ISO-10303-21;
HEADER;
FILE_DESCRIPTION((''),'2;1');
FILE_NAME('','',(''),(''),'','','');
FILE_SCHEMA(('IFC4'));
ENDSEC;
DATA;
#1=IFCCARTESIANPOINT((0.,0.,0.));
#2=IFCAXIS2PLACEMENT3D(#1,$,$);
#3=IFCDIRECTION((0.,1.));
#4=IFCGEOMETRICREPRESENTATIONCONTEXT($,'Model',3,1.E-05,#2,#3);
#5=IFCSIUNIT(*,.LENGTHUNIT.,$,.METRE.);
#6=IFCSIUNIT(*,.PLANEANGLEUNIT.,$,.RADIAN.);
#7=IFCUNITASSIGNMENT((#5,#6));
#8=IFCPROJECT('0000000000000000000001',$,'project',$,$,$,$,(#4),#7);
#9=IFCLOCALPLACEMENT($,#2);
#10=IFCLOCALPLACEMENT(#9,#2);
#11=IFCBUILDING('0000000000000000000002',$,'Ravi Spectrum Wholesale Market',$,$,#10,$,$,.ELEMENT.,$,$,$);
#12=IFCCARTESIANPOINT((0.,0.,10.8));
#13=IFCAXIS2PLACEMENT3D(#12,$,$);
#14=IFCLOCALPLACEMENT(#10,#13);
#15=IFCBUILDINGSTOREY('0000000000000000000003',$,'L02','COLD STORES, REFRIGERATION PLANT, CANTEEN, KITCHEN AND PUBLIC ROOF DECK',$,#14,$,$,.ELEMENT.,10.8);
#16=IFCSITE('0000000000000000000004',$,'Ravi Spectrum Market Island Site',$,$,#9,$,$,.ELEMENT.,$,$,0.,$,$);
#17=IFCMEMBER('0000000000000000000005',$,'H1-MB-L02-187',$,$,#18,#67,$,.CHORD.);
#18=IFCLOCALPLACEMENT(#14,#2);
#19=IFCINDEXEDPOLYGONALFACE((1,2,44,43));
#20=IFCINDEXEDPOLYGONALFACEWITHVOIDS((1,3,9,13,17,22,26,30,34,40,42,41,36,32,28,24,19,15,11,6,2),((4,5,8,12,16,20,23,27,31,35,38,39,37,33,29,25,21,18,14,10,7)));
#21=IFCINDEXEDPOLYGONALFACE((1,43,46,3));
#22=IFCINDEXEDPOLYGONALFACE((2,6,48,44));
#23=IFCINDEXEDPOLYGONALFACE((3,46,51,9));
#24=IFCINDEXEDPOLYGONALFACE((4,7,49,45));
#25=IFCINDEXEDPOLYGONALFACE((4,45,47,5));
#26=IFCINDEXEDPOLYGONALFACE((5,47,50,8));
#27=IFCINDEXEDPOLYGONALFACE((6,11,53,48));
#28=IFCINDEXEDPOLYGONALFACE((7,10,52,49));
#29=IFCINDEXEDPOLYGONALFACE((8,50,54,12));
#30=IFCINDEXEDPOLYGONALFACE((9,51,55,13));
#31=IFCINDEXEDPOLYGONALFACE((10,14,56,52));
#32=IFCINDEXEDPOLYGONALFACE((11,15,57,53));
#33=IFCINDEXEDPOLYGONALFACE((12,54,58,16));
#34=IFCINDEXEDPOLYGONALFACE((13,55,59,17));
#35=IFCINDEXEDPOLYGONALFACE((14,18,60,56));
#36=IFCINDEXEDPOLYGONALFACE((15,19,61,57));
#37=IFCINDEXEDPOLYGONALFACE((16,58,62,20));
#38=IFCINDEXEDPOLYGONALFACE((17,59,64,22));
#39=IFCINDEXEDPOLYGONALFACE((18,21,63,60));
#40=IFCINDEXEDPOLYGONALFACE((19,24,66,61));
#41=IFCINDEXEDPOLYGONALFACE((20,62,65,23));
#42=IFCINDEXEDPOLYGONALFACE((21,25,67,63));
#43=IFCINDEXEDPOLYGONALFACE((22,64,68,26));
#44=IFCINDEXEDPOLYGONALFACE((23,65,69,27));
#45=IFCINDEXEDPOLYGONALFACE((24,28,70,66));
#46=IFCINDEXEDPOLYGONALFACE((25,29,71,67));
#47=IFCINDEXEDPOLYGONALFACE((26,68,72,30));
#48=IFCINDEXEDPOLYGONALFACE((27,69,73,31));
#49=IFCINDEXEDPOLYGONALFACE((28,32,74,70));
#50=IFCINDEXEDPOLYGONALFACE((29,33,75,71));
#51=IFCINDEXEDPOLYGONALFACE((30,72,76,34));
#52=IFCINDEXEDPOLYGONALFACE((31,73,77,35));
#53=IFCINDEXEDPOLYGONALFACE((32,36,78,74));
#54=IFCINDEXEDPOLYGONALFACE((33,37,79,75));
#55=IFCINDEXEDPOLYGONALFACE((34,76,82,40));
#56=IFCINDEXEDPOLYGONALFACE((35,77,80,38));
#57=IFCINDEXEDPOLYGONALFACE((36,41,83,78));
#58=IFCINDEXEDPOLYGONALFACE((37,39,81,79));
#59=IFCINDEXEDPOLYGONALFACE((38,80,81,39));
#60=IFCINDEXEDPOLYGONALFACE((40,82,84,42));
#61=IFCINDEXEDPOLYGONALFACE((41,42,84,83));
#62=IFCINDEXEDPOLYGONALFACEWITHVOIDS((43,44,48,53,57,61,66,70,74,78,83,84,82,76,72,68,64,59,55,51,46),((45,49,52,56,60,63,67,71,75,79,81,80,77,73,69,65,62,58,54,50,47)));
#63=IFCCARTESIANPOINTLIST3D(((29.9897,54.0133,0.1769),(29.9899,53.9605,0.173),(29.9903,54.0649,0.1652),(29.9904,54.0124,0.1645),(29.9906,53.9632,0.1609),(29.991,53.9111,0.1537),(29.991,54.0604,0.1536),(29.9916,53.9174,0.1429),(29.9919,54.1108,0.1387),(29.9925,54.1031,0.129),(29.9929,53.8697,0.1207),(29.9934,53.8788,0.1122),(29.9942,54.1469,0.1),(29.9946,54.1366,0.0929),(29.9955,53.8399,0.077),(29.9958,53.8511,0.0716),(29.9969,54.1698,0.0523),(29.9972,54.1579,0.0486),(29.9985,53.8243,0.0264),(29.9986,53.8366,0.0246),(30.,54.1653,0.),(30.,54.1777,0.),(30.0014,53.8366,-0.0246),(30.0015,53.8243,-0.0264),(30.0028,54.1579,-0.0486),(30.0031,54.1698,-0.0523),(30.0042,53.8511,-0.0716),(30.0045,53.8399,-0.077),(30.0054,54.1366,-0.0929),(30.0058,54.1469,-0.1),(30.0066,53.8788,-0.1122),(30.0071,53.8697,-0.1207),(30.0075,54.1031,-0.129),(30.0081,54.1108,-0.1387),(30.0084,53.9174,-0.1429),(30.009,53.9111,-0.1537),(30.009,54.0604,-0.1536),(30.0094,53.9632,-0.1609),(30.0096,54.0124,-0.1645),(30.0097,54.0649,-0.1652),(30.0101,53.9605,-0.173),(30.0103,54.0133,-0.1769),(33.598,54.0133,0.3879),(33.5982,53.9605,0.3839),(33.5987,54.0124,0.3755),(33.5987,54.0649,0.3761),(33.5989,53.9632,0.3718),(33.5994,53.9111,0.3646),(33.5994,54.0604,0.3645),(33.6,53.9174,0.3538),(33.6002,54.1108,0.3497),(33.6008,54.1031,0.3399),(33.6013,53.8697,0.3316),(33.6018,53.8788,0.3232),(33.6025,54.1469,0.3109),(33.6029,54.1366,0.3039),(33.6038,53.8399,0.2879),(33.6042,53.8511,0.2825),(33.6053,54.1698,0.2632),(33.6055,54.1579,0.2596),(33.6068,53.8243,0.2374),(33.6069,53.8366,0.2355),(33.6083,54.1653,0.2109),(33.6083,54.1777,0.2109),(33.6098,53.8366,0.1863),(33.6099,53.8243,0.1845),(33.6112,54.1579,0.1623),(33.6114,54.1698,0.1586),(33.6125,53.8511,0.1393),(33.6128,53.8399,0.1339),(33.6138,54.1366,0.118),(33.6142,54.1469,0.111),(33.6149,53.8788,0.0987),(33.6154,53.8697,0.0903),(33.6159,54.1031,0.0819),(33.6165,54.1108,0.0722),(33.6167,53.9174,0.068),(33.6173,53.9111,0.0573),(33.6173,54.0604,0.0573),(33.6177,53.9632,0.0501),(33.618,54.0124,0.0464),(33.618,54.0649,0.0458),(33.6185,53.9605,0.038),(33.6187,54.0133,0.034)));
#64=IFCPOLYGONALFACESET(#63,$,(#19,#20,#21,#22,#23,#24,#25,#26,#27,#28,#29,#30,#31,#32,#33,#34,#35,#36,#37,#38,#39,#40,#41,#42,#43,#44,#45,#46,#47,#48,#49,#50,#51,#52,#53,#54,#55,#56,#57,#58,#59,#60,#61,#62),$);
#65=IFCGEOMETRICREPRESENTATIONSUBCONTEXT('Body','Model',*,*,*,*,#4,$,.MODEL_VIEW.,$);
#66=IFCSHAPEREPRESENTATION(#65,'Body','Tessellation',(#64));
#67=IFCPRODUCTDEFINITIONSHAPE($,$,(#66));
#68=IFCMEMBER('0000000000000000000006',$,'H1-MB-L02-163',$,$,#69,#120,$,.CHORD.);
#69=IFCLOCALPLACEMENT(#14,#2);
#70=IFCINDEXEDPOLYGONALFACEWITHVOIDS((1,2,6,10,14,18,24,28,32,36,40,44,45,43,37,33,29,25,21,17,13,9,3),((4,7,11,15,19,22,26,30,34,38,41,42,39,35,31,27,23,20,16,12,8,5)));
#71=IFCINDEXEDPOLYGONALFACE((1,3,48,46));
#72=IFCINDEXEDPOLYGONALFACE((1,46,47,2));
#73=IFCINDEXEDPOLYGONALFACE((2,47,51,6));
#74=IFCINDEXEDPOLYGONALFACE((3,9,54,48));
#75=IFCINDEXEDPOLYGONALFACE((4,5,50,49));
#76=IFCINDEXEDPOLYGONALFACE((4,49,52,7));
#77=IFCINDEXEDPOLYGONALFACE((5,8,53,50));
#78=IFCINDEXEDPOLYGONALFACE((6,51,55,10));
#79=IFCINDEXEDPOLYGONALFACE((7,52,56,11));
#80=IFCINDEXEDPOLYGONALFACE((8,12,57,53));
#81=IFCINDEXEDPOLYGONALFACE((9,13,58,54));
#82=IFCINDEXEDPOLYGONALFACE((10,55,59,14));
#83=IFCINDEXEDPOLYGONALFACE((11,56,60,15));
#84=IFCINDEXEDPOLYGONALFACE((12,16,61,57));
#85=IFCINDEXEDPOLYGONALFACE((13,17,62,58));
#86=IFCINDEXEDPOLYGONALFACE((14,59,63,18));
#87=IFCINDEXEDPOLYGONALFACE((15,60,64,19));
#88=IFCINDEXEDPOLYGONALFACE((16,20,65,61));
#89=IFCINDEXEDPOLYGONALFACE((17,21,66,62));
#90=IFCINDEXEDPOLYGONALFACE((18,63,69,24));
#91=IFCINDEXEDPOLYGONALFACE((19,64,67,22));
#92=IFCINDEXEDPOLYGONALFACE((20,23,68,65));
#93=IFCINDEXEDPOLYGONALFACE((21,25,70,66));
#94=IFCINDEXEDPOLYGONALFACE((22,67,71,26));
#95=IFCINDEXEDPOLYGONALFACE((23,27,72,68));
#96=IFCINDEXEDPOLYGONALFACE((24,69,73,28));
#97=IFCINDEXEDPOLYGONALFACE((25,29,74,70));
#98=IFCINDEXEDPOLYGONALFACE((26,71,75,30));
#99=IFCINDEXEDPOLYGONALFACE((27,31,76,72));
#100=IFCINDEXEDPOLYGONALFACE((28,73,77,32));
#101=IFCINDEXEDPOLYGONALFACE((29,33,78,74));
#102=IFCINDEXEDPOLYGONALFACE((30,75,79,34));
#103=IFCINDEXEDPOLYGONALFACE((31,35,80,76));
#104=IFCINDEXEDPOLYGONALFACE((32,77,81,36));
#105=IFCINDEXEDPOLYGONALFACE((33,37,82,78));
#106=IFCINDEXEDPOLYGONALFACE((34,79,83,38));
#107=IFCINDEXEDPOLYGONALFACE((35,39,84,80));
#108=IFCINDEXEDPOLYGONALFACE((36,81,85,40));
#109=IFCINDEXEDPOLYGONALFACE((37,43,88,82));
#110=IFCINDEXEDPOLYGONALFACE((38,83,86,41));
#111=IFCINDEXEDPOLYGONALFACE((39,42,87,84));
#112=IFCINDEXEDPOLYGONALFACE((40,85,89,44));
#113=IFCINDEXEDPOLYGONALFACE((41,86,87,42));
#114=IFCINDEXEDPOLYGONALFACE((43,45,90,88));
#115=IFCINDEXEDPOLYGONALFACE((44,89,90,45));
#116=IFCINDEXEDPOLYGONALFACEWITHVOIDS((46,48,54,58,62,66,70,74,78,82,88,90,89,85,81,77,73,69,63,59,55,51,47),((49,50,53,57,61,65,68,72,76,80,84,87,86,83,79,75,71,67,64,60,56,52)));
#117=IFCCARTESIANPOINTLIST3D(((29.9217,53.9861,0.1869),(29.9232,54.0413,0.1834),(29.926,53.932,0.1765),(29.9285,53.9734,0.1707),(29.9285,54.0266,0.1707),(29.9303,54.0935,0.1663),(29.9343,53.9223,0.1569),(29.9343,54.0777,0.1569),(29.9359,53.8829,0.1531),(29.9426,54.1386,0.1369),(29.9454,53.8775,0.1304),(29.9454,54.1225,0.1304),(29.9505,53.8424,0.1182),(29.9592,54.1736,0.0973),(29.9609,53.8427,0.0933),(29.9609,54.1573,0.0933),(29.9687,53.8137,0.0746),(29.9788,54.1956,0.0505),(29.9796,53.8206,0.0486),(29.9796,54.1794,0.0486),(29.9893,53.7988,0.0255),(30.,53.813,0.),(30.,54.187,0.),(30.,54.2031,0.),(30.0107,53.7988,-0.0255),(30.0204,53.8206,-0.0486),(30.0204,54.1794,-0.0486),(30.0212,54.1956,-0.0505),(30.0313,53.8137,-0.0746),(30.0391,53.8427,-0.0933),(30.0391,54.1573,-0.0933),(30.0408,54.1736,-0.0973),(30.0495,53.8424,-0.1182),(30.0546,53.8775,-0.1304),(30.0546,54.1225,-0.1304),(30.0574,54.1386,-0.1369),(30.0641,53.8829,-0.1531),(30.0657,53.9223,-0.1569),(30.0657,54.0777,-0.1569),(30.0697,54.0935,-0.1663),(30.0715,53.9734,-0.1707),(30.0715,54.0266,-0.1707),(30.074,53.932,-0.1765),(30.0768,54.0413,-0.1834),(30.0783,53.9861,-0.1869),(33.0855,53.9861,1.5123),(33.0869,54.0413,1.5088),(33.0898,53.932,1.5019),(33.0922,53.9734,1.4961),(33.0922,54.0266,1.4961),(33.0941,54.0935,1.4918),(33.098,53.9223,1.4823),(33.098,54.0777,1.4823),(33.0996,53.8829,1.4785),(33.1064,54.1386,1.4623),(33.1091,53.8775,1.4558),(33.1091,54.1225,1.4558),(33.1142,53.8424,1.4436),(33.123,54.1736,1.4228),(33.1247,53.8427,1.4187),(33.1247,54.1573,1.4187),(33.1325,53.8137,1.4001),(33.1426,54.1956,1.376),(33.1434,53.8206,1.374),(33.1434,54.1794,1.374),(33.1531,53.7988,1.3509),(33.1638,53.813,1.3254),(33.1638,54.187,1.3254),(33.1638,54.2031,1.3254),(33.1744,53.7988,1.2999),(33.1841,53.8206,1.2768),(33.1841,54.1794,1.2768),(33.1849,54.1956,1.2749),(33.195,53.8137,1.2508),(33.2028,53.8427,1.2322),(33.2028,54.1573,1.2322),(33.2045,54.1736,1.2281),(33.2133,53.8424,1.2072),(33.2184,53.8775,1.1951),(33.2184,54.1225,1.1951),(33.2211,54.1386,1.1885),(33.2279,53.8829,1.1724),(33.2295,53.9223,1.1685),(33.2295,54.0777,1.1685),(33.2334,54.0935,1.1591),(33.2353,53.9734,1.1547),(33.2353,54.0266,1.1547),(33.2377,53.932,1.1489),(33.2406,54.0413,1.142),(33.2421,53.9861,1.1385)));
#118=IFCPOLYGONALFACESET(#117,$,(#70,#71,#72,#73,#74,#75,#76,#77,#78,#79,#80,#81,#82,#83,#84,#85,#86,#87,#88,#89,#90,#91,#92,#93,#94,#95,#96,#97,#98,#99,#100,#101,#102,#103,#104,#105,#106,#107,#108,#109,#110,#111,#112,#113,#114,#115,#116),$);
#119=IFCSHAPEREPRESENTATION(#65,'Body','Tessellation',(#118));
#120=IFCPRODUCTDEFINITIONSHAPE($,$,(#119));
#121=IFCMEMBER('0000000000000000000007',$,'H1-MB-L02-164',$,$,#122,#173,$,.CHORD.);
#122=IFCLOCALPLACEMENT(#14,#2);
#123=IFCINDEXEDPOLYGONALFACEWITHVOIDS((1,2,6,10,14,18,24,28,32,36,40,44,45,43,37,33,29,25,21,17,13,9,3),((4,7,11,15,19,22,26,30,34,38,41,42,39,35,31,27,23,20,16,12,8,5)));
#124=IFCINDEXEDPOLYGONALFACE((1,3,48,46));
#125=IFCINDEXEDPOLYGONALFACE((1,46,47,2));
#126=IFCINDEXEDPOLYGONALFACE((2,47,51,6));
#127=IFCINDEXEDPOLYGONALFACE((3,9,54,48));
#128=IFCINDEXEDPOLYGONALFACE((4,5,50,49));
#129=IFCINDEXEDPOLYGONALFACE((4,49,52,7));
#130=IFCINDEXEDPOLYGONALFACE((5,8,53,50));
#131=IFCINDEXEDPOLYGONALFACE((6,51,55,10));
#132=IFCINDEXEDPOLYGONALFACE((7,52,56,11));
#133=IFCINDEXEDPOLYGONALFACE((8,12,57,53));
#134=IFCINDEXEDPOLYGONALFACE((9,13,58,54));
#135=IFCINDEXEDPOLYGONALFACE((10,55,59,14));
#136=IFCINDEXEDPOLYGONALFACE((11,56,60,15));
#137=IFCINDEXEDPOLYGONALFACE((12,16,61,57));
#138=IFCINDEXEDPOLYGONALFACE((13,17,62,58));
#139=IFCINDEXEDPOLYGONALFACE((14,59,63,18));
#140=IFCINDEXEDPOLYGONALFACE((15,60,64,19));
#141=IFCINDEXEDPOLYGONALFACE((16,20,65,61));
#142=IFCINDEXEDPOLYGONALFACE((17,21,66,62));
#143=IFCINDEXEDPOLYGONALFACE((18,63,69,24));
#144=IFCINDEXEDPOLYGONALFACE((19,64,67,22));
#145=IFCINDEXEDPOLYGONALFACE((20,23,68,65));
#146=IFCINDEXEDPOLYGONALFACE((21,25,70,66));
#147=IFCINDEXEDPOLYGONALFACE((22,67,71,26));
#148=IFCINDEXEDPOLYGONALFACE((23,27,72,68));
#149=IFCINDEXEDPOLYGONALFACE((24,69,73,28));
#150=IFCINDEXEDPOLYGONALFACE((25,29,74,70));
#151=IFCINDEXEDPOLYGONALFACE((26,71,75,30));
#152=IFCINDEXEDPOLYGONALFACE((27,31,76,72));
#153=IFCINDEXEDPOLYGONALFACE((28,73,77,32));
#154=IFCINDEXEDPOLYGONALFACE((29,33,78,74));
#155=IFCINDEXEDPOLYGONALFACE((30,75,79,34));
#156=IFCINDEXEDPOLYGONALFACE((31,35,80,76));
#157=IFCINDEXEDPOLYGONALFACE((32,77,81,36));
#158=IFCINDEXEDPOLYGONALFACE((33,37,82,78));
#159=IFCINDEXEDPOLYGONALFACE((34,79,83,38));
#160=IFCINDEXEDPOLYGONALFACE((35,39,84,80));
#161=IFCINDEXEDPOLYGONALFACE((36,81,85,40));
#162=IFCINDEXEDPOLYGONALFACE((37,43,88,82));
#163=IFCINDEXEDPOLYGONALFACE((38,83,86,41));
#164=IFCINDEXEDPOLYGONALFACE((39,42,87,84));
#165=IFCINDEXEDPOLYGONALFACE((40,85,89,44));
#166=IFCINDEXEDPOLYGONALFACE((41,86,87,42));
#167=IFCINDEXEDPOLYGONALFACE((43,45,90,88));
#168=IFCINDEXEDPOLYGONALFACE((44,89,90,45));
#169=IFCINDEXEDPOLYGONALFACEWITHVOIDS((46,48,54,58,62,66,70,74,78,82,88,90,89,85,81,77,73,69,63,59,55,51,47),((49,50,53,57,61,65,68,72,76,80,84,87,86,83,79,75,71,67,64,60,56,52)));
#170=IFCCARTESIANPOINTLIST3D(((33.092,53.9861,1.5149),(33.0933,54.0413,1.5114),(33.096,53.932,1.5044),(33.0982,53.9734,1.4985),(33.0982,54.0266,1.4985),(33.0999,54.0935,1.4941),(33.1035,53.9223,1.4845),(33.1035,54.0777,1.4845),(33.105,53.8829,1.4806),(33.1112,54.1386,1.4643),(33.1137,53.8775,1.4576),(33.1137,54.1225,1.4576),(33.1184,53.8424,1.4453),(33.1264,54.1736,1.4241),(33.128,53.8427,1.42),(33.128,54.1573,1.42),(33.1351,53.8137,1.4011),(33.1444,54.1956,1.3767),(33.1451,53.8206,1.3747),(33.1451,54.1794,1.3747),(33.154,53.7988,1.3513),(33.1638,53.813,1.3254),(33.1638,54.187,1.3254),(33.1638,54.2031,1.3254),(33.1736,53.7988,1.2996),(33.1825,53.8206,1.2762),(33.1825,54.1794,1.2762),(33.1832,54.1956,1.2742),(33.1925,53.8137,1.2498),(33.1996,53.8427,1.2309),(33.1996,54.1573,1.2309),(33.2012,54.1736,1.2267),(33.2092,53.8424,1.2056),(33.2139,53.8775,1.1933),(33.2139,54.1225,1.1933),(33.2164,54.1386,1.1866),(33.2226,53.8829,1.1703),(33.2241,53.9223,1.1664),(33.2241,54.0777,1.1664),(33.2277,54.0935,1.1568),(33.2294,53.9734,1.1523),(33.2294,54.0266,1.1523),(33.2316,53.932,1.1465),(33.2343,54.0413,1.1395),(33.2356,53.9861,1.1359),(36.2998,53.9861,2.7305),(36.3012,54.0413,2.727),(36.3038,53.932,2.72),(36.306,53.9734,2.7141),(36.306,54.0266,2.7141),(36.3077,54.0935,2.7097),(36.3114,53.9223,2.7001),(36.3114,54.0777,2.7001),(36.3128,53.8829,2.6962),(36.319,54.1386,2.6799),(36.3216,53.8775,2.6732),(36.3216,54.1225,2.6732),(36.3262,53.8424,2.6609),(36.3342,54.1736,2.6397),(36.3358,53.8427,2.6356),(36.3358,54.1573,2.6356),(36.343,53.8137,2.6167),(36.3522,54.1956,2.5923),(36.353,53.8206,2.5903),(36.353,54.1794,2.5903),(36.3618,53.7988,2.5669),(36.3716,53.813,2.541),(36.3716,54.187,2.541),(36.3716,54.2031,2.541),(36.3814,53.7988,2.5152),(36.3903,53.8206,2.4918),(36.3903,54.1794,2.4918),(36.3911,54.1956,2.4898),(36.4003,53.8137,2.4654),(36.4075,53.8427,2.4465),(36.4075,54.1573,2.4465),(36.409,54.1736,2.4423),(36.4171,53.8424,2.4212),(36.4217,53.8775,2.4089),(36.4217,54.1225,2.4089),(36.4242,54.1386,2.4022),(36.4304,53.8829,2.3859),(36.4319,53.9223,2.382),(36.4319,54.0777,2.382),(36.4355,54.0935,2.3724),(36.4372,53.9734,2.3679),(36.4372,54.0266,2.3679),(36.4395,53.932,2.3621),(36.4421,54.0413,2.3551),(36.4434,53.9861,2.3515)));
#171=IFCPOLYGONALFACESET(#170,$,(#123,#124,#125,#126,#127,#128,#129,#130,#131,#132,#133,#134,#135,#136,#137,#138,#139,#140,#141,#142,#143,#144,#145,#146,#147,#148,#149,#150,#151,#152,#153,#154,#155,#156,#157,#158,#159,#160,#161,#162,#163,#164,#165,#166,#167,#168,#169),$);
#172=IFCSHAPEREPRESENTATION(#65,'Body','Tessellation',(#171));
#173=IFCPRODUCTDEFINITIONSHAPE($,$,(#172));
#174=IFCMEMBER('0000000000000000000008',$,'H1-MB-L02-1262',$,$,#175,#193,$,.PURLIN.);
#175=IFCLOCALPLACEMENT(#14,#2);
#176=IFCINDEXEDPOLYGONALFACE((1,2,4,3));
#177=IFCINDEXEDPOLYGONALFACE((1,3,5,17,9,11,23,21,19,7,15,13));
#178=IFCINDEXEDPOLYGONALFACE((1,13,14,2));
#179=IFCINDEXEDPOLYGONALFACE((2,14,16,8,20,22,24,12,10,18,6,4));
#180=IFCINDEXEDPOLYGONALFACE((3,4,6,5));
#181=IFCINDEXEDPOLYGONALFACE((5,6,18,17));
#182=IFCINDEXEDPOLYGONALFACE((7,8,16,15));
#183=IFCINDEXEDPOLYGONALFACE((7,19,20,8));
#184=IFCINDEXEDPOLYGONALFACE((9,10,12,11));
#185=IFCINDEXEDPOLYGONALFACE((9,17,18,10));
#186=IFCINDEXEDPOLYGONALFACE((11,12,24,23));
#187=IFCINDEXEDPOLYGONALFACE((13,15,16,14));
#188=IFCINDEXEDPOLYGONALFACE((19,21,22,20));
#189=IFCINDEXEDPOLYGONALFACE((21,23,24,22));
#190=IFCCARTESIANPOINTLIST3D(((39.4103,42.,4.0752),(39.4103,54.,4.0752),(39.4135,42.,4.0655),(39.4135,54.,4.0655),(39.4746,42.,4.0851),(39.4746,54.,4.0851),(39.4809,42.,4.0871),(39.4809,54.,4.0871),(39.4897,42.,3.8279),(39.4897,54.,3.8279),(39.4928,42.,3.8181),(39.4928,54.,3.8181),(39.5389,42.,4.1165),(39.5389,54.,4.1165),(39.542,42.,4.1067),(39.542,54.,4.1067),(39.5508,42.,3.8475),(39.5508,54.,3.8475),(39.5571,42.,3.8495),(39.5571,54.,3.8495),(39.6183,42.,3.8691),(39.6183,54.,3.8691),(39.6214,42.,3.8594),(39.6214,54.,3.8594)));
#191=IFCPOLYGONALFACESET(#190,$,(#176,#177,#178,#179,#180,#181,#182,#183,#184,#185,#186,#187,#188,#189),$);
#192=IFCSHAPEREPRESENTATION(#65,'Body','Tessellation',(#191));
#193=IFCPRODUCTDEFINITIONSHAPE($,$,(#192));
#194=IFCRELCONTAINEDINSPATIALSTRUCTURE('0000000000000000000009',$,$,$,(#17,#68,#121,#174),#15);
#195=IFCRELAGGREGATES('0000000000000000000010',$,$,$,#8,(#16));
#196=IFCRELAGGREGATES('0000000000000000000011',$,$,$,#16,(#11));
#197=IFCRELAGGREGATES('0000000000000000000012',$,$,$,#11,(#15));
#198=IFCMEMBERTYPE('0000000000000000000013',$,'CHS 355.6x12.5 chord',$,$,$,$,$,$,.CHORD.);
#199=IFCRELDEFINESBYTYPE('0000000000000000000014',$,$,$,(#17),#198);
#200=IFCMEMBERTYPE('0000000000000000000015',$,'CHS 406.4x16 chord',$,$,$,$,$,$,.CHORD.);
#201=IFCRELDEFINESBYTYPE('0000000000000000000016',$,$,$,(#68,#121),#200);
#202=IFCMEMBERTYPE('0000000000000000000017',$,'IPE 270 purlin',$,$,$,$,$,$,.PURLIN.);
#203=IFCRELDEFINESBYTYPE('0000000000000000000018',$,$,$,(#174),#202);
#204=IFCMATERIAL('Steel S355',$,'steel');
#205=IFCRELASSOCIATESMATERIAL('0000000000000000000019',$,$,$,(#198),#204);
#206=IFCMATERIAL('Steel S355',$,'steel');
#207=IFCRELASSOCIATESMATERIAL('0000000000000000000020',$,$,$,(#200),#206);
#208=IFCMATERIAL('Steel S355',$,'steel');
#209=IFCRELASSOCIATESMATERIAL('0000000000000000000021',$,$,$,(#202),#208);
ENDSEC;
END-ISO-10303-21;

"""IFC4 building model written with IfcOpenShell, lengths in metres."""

from ifc_helpers import new_model, si_unit, direction, frame, origin, origin_2d, place, context, subcontext, project, spatial, hollow_circle, i_section, extrude, material, material_profile, profile_set, type_object, element, save


model = new_model("IFC4")

# Units and contexts
model_context = context("Model", 3, precision=1e-05, world=origin(), true_north=direction((0.0, 1.0)))
body_context = subcontext(model_context, "Body", "Model", "MODEL_VIEW")
ifc_project = project(units=[si_unit("LENGTHUNIT", "METRE"), si_unit("PLANEANGLEUNIT", "RADIAN")], contexts=[model_context])

# Site, building, storey
site_placement = place(None, origin())
site = spatial("IfcSite", under=ifc_project, at=site_placement, Name="Ravi Spectrum Market Island Site", CompositionType="ELEMENT", RefElevation=0.0)
building_placement = place(site_placement, origin())
building = spatial("IfcBuilding", under=site, at=building_placement, Name="Ravi Spectrum Wholesale Market", CompositionType="ELEMENT")
storey_placement = place(building_placement, frame((0.0, 0.0, 10.8)))
storey = spatial("IfcBuildingStorey", under=building, at=storey_placement, Name="L02", Description="COLD STORES, REFRIGERATION PLANT, CANTEEN, KITCHEN AND PUBLIC ROOF DECK", CompositionType="ELEMENT", Elevation=10.8)

# Members
ifc_material_1 = material(Name="Steel S355", Category="steel")
ifc_material_profile_1 = material_profile(ifc_material_1, hollow_circle(Radius=0.1777, WallThickness=0.0125, at=origin_2d()))
ifc_profile_set_1 = profile_set([ifc_material_profile_1], Name="Steel S355")
member_type_1 = type_object("IfcMemberType", Name="CHS 355.6x12.5 chord", PredefinedType="CHORD", material=ifc_profile_set_1)
member_1_placement = place(storey_placement, frame((30.0, 54.0, 0.0), z_axis=(0.998296, 0.0, 0.058358), x_axis=(0.0, 1.0, 0.0)))
element("IfcMember", 1, at=member_1_placement, inside=storey, type_object=member_type_1, Name="H1-MB-L02-187", PredefinedType="CHORD", context=body_context, shape_type="SweptSolid", body=[
    extrude(hollow_circle(Radius=0.1777, WallThickness=0.0125, at=origin_2d()), origin(), (0.0, 0.0, 1.0), 3.6145),
])
ifc_material_2 = material(Name="Steel S355", Category="steel")
ifc_material_profile_2 = material_profile(ifc_material_2, hollow_circle(Radius=0.2031, WallThickness=0.0161, at=origin_2d()))
ifc_profile_set_2 = profile_set([ifc_material_profile_2], Name="Steel S355")
member_type_2 = type_object("IfcMemberType", Name="CHS 406.4x16 chord", PredefinedType="CHORD", material=ifc_profile_set_2)
member_2_placement = place(storey_placement, frame((30.0, 54.0, 0.0), z_axis=(0.922332, 0.0, 0.386399), x_axis=(0.0, 1.0, 0.0)))
element("IfcMember", 2, at=member_2_placement, inside=storey, type_object=member_type_2, Name="H1-MB-L02-163", PredefinedType="CHORD", context=body_context, shape_type="SweptSolid", body=[
    extrude(hollow_circle(Radius=0.2031, WallThickness=0.0161, at=origin_2d()), origin(), (0.0, 0.0, 1.0), 3.4302),
])
member_3_placement = place(storey_placement, frame((33.1638, 54.0, 1.3254), z_axis=(0.93511, 0.0, 0.354358), x_axis=(0.0, 1.0, 0.0)))
element("IfcMember", 3, at=member_3_placement, inside=storey, type_object=member_type_2, Name="H1-MB-L02-164", PredefinedType="CHORD", context=body_context, shape_type="SweptSolid", body=[
    extrude(hollow_circle(Radius=0.2031, WallThickness=0.0161, at=origin_2d()), origin(), (0.0, 0.0, 1.0), 3.4304),
])
ifc_material_3 = material(Name="Steel S355", Category="steel")
ifc_material_profile_3 = material_profile(ifc_material_3, i_section(OverallWidth=0.135, OverallDepth=0.27, WebThickness=0.0066, FlangeThickness=0.0103, at=origin_2d()))
ifc_profile_set_3 = profile_set([ifc_material_profile_3], Name="Steel S355")
member_type_3 = type_object("IfcMemberType", Name="IPE 270 purlin", PredefinedType="PURLIN", material=ifc_profile_set_3)
for number, where, z_axis, x_axis, name in (
    (4, (39.5159, 42.0, 3.9673), (0.0, 1.0, 0.0), (-0.952184, 0.0, -0.305524), "H1-MB-L02-1262"),
):
    element("IfcMember", number, at=place(storey_placement, frame(where, z_axis=z_axis, x_axis=x_axis)), inside=storey, type_object=member_type_3, Name=name, PredefinedType="PURLIN", context=body_context, shape_type="SweptSolid", body=[
        extrude(i_section(OverallWidth=0.135, OverallDepth=0.27, WebThickness=0.0066, FlangeThickness=0.0103, at=origin_2d()), origin(), (0.0, 0.0, 1.0), 12.0),
    ])

save(model, "model.ifc")
